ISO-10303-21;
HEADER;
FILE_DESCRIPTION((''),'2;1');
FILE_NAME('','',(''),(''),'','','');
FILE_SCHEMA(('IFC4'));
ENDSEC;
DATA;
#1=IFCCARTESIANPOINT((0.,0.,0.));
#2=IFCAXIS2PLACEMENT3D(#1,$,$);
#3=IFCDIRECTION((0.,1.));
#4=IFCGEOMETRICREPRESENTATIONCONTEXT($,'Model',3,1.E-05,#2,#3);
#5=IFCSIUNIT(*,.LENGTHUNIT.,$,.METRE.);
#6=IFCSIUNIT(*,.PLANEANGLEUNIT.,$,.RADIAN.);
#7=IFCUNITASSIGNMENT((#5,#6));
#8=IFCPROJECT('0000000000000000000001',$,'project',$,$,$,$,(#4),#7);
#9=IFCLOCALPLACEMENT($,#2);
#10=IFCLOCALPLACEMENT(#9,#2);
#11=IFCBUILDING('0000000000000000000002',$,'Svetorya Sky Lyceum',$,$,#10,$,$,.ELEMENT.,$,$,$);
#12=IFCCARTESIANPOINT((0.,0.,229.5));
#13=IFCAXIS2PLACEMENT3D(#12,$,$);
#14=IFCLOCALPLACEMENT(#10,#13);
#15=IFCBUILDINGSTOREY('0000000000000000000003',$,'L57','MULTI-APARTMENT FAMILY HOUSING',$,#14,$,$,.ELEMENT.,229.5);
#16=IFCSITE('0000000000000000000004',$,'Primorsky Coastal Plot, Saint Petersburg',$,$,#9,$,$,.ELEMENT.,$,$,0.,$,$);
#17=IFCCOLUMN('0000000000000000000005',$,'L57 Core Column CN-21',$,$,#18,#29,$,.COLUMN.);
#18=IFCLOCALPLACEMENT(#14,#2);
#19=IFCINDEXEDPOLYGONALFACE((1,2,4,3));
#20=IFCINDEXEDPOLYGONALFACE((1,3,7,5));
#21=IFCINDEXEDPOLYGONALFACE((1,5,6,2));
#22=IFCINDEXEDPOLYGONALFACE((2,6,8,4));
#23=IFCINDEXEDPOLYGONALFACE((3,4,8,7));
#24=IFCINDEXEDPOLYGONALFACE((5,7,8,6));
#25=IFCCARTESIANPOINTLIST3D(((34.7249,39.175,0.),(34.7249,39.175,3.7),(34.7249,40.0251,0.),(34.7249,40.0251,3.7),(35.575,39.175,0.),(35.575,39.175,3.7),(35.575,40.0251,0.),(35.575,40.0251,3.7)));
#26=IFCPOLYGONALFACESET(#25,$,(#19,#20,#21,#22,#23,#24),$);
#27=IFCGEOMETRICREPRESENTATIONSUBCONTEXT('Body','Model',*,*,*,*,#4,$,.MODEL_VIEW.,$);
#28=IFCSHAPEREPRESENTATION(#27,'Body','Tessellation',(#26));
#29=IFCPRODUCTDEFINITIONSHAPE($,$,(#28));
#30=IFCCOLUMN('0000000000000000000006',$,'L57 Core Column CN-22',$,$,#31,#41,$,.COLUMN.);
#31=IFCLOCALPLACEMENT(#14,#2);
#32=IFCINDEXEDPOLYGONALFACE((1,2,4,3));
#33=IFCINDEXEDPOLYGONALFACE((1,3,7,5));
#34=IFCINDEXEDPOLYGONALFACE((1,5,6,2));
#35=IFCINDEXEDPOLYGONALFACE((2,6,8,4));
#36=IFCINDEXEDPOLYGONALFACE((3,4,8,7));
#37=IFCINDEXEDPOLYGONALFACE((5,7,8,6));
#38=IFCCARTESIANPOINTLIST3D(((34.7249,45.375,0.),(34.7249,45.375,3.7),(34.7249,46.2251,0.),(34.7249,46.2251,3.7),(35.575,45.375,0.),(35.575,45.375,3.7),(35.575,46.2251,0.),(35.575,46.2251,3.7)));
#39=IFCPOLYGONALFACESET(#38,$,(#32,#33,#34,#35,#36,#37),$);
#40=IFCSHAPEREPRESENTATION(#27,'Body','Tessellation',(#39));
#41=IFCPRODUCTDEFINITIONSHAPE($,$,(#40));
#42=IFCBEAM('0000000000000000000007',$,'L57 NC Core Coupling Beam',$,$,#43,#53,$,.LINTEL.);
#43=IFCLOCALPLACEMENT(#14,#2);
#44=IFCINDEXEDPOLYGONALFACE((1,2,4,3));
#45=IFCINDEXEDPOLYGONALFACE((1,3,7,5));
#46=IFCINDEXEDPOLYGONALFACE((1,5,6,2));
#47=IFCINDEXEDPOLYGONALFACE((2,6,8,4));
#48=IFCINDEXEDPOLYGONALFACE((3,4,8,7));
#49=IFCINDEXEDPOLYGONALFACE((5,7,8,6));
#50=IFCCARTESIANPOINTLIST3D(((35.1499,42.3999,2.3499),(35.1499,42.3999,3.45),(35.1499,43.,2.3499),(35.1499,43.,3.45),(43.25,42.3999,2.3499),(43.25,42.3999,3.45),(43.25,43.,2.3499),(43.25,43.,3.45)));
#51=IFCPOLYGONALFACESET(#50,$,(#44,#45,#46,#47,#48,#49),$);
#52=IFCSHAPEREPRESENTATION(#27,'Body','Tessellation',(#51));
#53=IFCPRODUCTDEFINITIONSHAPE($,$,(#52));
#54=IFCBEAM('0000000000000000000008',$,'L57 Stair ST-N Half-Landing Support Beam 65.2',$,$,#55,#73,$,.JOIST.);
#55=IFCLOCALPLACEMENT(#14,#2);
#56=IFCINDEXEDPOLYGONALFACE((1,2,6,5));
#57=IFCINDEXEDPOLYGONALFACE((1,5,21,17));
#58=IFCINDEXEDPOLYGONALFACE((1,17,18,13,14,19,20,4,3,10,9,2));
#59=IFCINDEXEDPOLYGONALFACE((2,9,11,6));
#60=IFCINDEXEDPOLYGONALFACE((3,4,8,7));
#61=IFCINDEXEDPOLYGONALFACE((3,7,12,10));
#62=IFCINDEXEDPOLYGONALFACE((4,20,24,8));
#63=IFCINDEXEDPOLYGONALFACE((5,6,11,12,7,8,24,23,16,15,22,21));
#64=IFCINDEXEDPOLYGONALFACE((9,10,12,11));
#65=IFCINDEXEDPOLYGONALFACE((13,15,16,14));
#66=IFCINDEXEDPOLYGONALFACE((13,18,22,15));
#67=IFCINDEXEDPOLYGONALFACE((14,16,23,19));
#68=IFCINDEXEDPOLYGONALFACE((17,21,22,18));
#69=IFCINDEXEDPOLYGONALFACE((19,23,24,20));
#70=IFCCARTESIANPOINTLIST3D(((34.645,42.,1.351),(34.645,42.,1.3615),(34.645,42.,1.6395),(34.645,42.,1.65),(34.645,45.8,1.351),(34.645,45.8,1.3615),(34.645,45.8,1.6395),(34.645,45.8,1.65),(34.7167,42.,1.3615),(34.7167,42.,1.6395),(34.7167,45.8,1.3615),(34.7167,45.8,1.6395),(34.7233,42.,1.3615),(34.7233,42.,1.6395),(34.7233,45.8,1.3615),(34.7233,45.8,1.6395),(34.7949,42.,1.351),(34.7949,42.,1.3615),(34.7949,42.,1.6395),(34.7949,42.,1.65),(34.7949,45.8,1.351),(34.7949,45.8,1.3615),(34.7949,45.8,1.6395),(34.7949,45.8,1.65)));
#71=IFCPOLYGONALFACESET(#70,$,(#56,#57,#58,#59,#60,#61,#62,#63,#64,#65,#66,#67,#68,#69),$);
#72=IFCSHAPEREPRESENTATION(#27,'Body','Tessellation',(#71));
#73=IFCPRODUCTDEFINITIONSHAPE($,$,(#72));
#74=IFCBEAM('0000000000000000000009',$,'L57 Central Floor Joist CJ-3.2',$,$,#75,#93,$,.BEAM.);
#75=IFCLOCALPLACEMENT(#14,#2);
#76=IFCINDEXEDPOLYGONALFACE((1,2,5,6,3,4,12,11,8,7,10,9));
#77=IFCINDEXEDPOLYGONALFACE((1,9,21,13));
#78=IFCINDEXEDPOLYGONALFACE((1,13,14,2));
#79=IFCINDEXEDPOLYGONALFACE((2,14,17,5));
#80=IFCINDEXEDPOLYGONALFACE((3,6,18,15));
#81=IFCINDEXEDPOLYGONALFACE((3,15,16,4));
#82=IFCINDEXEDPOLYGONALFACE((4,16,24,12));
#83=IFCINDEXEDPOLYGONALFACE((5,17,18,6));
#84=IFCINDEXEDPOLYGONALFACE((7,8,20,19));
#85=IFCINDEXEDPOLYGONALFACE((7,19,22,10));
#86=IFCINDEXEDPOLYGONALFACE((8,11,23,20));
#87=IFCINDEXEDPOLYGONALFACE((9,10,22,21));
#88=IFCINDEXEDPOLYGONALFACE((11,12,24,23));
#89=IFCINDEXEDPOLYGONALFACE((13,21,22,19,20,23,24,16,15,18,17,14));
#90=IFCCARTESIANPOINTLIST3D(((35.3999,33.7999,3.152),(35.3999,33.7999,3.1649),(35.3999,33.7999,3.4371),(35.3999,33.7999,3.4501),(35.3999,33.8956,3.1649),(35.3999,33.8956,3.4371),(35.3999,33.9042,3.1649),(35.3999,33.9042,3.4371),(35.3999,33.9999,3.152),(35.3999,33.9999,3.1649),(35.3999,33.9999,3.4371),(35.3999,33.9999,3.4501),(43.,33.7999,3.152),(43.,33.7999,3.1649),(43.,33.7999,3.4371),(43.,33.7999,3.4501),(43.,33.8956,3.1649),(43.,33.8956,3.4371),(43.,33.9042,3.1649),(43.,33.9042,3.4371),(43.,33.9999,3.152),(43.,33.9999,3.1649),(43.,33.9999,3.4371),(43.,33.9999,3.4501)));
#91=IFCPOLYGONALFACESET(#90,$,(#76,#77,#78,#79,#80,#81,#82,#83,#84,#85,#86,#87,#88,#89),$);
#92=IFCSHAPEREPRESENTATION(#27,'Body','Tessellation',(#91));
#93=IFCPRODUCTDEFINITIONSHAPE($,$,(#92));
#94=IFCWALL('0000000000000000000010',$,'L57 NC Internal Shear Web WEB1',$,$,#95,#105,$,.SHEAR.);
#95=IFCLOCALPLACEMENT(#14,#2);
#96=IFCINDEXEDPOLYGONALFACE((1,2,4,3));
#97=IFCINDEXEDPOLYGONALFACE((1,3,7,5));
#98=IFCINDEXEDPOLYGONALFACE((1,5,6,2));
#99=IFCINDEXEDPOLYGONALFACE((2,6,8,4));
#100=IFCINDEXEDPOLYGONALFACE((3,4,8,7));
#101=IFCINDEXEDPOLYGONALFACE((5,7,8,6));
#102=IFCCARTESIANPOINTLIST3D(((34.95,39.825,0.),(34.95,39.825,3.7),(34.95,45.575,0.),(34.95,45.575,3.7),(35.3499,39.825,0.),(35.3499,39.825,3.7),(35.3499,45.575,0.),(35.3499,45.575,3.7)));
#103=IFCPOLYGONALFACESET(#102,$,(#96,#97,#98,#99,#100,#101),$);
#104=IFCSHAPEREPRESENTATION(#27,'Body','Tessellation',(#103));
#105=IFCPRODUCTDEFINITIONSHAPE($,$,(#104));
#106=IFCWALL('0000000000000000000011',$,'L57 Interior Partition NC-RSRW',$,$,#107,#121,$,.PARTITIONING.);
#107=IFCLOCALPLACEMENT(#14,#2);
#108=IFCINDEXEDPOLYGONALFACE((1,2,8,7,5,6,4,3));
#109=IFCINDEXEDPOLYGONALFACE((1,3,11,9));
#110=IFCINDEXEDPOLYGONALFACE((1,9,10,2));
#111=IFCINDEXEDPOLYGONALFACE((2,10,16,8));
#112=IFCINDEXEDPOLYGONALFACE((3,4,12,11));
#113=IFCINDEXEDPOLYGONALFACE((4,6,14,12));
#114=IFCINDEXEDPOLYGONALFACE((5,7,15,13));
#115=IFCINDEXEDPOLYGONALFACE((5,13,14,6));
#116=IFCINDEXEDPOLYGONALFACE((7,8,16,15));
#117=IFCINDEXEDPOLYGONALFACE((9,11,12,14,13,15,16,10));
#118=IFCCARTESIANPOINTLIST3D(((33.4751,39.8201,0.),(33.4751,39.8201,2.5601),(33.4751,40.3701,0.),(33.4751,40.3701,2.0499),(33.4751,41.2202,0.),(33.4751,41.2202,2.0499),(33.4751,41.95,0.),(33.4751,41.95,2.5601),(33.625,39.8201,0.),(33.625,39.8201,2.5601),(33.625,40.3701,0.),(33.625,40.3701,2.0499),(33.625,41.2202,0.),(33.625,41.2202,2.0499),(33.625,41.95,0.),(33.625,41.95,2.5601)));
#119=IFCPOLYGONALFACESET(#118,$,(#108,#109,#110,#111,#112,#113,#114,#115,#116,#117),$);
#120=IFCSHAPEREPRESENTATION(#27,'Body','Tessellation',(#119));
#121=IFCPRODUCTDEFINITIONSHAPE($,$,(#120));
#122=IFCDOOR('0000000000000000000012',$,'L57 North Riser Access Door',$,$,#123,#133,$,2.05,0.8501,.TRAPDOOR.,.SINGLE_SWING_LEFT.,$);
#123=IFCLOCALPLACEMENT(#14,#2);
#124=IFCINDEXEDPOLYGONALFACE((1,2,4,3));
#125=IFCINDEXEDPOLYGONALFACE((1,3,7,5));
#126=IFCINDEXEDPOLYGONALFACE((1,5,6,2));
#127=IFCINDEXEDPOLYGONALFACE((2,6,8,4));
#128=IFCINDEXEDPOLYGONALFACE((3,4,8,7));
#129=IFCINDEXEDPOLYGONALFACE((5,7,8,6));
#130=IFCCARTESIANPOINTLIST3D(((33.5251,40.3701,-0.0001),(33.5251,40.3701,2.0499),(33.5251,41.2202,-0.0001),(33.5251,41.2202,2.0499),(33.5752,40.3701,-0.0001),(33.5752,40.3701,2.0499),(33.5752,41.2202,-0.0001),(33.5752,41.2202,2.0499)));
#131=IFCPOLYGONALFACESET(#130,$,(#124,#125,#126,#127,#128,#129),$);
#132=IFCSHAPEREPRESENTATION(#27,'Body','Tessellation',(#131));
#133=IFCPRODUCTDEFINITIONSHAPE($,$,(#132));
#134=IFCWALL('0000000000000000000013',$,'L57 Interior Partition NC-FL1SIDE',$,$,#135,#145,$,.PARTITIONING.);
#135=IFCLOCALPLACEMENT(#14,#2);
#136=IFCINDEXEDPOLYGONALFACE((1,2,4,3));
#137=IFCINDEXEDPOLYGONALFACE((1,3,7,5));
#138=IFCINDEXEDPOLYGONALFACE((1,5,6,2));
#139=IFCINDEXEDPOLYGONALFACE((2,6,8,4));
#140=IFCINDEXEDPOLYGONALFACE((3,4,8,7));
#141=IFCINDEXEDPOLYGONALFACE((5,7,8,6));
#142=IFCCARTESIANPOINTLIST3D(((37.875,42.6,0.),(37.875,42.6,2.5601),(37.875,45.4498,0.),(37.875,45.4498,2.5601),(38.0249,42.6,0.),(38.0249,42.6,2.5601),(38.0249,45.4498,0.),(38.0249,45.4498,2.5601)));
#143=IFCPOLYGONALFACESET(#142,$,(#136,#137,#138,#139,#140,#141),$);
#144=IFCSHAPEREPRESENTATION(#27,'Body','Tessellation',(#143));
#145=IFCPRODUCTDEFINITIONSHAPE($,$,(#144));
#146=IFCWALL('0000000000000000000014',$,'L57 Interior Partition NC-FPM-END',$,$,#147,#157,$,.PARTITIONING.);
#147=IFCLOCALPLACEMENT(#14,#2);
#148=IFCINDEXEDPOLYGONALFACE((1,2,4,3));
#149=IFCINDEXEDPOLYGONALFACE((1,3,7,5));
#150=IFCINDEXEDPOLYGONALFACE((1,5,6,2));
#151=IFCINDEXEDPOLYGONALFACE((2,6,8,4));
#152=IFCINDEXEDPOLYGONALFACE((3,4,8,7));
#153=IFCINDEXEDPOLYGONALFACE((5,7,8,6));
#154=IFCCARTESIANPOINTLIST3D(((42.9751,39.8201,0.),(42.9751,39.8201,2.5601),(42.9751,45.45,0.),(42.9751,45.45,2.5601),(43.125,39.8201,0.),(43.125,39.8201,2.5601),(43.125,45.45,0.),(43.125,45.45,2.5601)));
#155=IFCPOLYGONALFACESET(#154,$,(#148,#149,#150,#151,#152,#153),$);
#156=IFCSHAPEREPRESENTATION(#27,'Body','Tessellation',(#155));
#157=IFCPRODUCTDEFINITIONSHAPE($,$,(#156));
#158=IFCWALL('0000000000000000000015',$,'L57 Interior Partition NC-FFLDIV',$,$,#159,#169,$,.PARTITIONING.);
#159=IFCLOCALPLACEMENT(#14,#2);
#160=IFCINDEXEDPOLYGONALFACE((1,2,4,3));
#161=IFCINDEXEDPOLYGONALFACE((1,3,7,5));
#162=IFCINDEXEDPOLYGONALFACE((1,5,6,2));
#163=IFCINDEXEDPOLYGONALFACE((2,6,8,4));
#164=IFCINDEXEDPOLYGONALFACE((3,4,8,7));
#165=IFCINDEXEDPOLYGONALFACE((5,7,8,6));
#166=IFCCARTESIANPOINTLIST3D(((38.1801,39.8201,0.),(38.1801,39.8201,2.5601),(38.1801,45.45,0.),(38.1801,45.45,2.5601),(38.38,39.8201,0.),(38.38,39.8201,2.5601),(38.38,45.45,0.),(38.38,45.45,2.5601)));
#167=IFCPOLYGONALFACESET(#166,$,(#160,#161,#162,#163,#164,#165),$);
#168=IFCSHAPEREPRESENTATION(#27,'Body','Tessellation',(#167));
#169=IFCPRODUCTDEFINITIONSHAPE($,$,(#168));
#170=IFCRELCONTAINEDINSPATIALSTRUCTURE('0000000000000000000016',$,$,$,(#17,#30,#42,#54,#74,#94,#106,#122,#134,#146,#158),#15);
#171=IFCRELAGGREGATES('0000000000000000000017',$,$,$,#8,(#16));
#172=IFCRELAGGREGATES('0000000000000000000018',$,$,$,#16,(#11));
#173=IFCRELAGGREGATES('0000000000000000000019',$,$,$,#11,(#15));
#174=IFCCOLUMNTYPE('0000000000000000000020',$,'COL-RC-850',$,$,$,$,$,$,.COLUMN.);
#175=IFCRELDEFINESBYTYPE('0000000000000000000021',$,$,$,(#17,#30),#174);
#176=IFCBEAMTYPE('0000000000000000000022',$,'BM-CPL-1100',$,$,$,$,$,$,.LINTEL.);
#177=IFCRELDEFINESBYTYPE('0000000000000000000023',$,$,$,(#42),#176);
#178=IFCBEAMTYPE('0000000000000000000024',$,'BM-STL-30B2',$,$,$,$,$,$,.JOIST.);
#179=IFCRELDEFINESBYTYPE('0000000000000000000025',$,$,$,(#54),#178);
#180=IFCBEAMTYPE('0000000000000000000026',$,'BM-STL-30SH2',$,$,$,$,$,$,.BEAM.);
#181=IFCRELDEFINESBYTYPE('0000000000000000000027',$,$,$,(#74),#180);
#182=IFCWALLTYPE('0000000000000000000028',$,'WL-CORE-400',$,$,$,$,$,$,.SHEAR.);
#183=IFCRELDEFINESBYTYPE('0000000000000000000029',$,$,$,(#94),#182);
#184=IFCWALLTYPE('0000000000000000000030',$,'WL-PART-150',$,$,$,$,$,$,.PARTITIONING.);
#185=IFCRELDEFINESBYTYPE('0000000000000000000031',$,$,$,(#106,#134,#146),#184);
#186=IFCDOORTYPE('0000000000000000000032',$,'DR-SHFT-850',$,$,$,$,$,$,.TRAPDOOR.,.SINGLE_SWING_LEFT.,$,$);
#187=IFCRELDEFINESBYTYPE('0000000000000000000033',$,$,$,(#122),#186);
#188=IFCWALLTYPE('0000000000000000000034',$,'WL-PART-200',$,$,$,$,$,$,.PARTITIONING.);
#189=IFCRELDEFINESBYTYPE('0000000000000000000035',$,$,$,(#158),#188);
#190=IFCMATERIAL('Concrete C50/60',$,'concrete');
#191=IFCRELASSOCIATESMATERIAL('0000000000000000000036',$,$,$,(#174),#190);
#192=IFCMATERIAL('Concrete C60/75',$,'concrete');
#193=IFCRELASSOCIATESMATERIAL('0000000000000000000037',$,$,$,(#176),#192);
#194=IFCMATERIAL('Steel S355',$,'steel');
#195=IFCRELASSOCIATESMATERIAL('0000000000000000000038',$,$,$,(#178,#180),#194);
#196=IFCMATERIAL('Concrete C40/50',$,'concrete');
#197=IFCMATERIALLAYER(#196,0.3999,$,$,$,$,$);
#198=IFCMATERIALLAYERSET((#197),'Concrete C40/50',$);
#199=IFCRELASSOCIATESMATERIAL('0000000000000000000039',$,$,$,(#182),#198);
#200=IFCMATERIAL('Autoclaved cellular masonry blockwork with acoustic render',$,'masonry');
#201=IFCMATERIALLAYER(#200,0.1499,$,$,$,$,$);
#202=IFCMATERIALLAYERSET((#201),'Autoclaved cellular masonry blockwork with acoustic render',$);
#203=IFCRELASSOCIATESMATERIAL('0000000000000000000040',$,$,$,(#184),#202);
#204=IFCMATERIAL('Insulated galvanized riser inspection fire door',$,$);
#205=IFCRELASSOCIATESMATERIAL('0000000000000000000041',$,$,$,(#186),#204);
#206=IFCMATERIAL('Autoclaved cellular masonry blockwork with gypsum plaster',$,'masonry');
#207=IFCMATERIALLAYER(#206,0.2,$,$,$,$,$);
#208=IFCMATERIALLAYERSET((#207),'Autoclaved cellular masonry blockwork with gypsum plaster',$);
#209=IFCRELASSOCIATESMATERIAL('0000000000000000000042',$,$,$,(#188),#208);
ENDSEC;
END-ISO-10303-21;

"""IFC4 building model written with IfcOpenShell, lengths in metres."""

from ifc_helpers import new_model, si_unit, direction, frame, frame_2d, origin, origin_2d, place, context, subcontext, project, spatial, rectangle, i_section, extrude, material, layer, layer_set, material_profile, profile_set, type_object, element, fill, save


model = new_model("IFC4")

# Units and contexts
model_context = context("Model", 3, precision=1e-05, world=origin(), true_north=direction((0.0, 1.0)))
body_context = subcontext(model_context, "Body", "Model", "MODEL_VIEW")
ifc_project = project(units=[si_unit("LENGTHUNIT", "METRE"), si_unit("PLANEANGLEUNIT", "RADIAN")], contexts=[model_context])

# Site, building, storey
site_placement = place(None, origin())
site = spatial("IfcSite", under=ifc_project, at=site_placement, Name="Primorsky Coastal Plot, Saint Petersburg", CompositionType="ELEMENT", RefElevation=0.0)
building_placement = place(site_placement, origin())
building = spatial("IfcBuilding", under=site, at=building_placement, Name="Svetorya Sky Lyceum", CompositionType="ELEMENT")
storey_placement = place(building_placement, frame((0.0, 0.0, 229.5)))
storey = spatial("IfcBuildingStorey", under=building, at=storey_placement, Name="L57", Description="MULTI-APARTMENT FAMILY HOUSING", CompositionType="ELEMENT", Elevation=229.5)

# Columns
ifc_material_1 = material(Name="Concrete C50/60", Category="concrete")
ifc_material_profile_1 = material_profile(ifc_material_1, rectangle(XDim=0.8501, YDim=0.8501, at=origin_2d()), Name="RC COL 850x850")
ifc_profile_set_1 = profile_set([ifc_material_profile_1], Name="Concrete C50/60")
column_type = type_object("IfcColumnType", Name="COL-RC-850", PredefinedType="COLUMN", material=ifc_profile_set_1)
for number, where, z_axis, x_axis, name in (
    (1, (35.1499, 39.6001, 0.0), (0.0, 0.0, 1.0), (1.0, 0.0, 0.0), "L57 Core Column CN-21"),
    (2, (35.1499, 45.8, 0.0), (0.0, 0.0, 1.0), (1.0, 0.0, 0.0), "L57 Core Column CN-22"),
):
    element("IfcColumn", number, at=place(storey_placement, frame(where, z_axis=z_axis, x_axis=x_axis)), inside=storey, type_object=column_type, Name=name, PredefinedType="COLUMN", context=body_context, shape_type="SweptSolid", body=[
        extrude(rectangle(XDim=0.8501, YDim=0.8501, at=origin_2d()), origin(), (0.0, 0.0, 1.0), 3.7),
    ])

# Beams
ifc_material_2 = material(Name="Concrete C60/75", Category="concrete")
ifc_material_profile_2 = material_profile(ifc_material_2, rectangle(XDim=0.6001, YDim=1.1001, at=origin_2d()), Name="RC COUPLING 600x1100")
ifc_profile_set_2 = profile_set([ifc_material_profile_2], Name="Concrete C60/75")
beam_type_1 = type_object("IfcBeamType", Name="BM-CPL-1100", PredefinedType="LINTEL", material=ifc_profile_set_2)
beam_1_placement = place(storey_placement, frame((35.1499, 42.7, 2.8999), z_axis=(1.0, 0.0, 0.0), x_axis=(0.0, 1.0, 0.0)))
element("IfcBeam", 3, at=beam_1_placement, inside=storey, type_object=beam_type_1, Name="L57 NC Core Coupling Beam", PredefinedType="LINTEL", context=body_context, shape_type="SweptSolid", body=[
    extrude(rectangle(XDim=0.6001, YDim=1.1001, at=origin_2d()), origin(), (0.0, 0.0, 1.0), 8.1001),
])
ifc_material_3 = material(Name="Steel S355", Category="steel")
ifc_material_profile_3 = material_profile(ifc_material_3, i_section(OverallWidth=0.1499, OverallDepth=0.2991, WebThickness=0.0066, FlangeThickness=0.0105, at=origin_2d()), Name="GOST 30B2")
ifc_profile_set_3 = profile_set([ifc_material_profile_3], Name="Steel S355")
beam_type_2 = type_object("IfcBeamType", Name="BM-STL-30B2", PredefinedType="JOIST", material=ifc_profile_set_3)
beam_2_placement = place(storey_placement, frame((34.72, 42.0, 1.5005), z_axis=(0.0, 1.0, 0.0), x_axis=(-1.0, 0.0, 0.0)))
element("IfcBeam", 4, at=beam_2_placement, inside=storey, type_object=beam_type_2, Name="L57 Stair ST-N Half-Landing Support Beam 65.2", PredefinedType="JOIST", context=body_context, shape_type="SweptSolid", body=[
    extrude(i_section(OverallWidth=0.1499, OverallDepth=0.2991, WebThickness=0.0066, FlangeThickness=0.0105, at=origin_2d()), origin(), (0.0, 0.0, 1.0), 3.8),
])
ifc_material_profile_4 = material_profile(ifc_material_3, i_section(OverallWidth=0.2, OverallDepth=0.2981, WebThickness=0.0085, FlangeThickness=0.0129, at=origin_2d()), Name="GOST 30Sh2")
ifc_profile_set_4 = profile_set([ifc_material_profile_4], Name="Steel S355")
beam_type_3 = type_object("IfcBeamType", Name="BM-STL-30SH2", PredefinedType="BEAM", material=ifc_profile_set_4)
beam_3_placement = place(storey_placement, frame((35.3999, 33.8999, 3.301), z_axis=(1.0, 0.0, 0.0), x_axis=(0.0, 1.0, 0.0)))
element("IfcBeam", 5, at=beam_3_placement, inside=storey, type_object=beam_type_3, Name="L57 Central Floor Joist CJ-3.2", PredefinedType="BEAM", context=body_context, shape_type="SweptSolid", body=[
    extrude(i_section(OverallWidth=0.2, OverallDepth=0.2981, WebThickness=0.0085, FlangeThickness=0.0129, at=origin_2d()), origin(), (0.0, 0.0, 1.0), 7.6001),
])

# Wall
ifc_material_4 = material(Name="Concrete C40/50", Category="concrete")
ifc_layer_1 = layer(ifc_material_4, 0.3999)
ifc_layer_set_1 = layer_set([ifc_layer_1], Name="Concrete C40/50")
wall_type_1 = type_object("IfcWallType", Name="WL-CORE-400", PredefinedType="SHEAR", material=ifc_layer_set_1)
wall_1_placement = place(storey_placement, frame((35.1499, 39.825, 0.0), z_axis=(0.0, 0.0, 1.0), x_axis=(0.0, 1.0, 0.0)))
element("IfcWall", 6, at=wall_1_placement, inside=storey, type_object=wall_type_1, Name="L57 NC Internal Shear Web WEB1", PredefinedType="SHEAR", context=body_context, shape_type="SweptSolid", body=[
    extrude(rectangle(XDim=5.75, YDim=0.3999, at=frame_2d((2.875, 0.0))), origin(), (0.0, 0.0, 1.0), 3.7),
])

# Wall, opening, door
ifc_material_5 = material(Name="Autoclaved cellular masonry blockwork with acoustic render", Category="masonry")
ifc_layer_2 = layer(ifc_material_5, 0.1499)
ifc_layer_set_2 = layer_set([ifc_layer_2], Name="Autoclaved cellular masonry blockwork with acoustic render")
wall_type_2 = type_object("IfcWallType", Name="WL-PART-150", PredefinedType="PARTITIONING", material=ifc_layer_set_2)
wall_2_placement = place(storey_placement, frame((33.55, 39.8201, 0.0), z_axis=(0.0, 0.0, 1.0), x_axis=(0.0, 1.0, 0.0)))
wall_2 = element("IfcWall", 7, at=wall_2_placement, inside=storey, type_object=wall_type_2, Name="L57 Interior Partition NC-RSRW", PredefinedType="PARTITIONING", context=body_context, shape_type="SweptSolid", body=[
    extrude(rectangle(XDim=2.1299, YDim=0.1499, at=frame_2d((1.0649, 0.0))), origin(), (0.0, 0.0, 1.0), 2.5601),
])
opening_1_placement = place(wall_2_placement, frame((0.55, 0.0, 0.0)))
opening_1 = element("IfcOpeningElement", 8, at=opening_1_placement, cuts=wall_2, PredefinedType="OPENING", context=body_context, shape_type="SweptSolid", body=[
    extrude(rectangle(XDim=0.8501, YDim=2.05, at=frame_2d((0.425, 1.0249))), frame((0.0, 0.085, 0.0), z_axis=(0.0, -1.0, 0.0), x_axis=(1.0, 0.0, 0.0)), (0.0, 0.0, 1.0), 0.1699),
])
ifc_material_6 = material(Name="Insulated galvanized riser inspection fire door")
door_type_1 = type_object("IfcDoorType", Name="DR-SHFT-850", OperationType="SINGLE_SWING_LEFT", PredefinedType="TRAPDOOR", material=ifc_material_6)
door_1_placement = place(opening_1_placement, origin())
door_1 = element("IfcDoor", 9, at=door_1_placement, inside=storey, type_object=door_type_1, Name="L57 North Riser Access Door", OperationType="SINGLE_SWING_LEFT", OverallHeight=2.05, OverallWidth=0.8501, PredefinedType="TRAPDOOR", context=body_context, shape_type="SweptSolid", body=[
    extrude(rectangle(XDim=0.8501, YDim=2.05, at=frame_2d((0.425, 1.0249))), frame((0.0, 0.0249, 0.0), z_axis=(0.0, -1.0, 0.0), x_axis=(1.0, 0.0, 0.0)), (0.0, 0.0, 1.0), 0.05),
])
fill(opening_1, door_1)

# Walls
wall_3_placement = place(storey_placement, frame((37.95, 42.6001, 0.0), z_axis=(0.0, 0.0, 1.0), x_axis=(0.0, 1.0, 0.0)))
element("IfcWall", 10, at=wall_3_placement, inside=storey, type_object=wall_type_2, Name="L57 Interior Partition NC-FL1SIDE", PredefinedType="PARTITIONING", context=body_context, shape_type="SweptSolid", body=[
    extrude(rectangle(XDim=2.8499, YDim=0.1499, at=frame_2d((1.4248, 0.0))), origin(), (0.0, 0.0, 1.0), 2.5601),
])
wall_4_placement = place(storey_placement, frame((43.05, 39.8201, 0.0), z_axis=(0.0, 0.0, 1.0), x_axis=(0.0, 1.0, 0.0)))
element("IfcWall", 11, at=wall_4_placement, inside=storey, type_object=wall_type_2, Name="L57 Interior Partition NC-FPM-END", PredefinedType="PARTITIONING", context=body_context, shape_type="SweptSolid", body=[
    extrude(rectangle(XDim=5.6299, YDim=0.1499, at=frame_2d((2.8149, 0.0))), origin(), (0.0, 0.0, 1.0), 2.5601),
])

# Shared definitions
ifc_material_7 = material(Name="Autoclaved cellular masonry blockwork with gypsum plaster", Category="masonry")
ifc_layer_3 = layer(ifc_material_7, 0.2)
ifc_layer_set_3 = layer_set([ifc_layer_3], Name="Autoclaved cellular masonry blockwork with gypsum plaster")
wall_type_3 = type_object("IfcWallType", Name="WL-PART-200", PredefinedType="PARTITIONING", material=ifc_layer_set_3)

# Wall
wall_5_placement = place(storey_placement, frame((38.28, 39.8201, 0.0), z_axis=(0.0, 0.0, 1.0), x_axis=(0.0, 1.0, 0.0)))
element("IfcWall", 12, at=wall_5_placement, inside=storey, type_object=wall_type_3, Name="L57 Interior Partition NC-FFLDIV", PredefinedType="PARTITIONING", context=body_context, shape_type="SweptSolid", body=[
    extrude(rectangle(XDim=5.6299, YDim=0.2, at=frame_2d((2.8149, 0.0))), origin(), (0.0, 0.0, 1.0), 2.5601),
])

save(model, "model.ifc")
